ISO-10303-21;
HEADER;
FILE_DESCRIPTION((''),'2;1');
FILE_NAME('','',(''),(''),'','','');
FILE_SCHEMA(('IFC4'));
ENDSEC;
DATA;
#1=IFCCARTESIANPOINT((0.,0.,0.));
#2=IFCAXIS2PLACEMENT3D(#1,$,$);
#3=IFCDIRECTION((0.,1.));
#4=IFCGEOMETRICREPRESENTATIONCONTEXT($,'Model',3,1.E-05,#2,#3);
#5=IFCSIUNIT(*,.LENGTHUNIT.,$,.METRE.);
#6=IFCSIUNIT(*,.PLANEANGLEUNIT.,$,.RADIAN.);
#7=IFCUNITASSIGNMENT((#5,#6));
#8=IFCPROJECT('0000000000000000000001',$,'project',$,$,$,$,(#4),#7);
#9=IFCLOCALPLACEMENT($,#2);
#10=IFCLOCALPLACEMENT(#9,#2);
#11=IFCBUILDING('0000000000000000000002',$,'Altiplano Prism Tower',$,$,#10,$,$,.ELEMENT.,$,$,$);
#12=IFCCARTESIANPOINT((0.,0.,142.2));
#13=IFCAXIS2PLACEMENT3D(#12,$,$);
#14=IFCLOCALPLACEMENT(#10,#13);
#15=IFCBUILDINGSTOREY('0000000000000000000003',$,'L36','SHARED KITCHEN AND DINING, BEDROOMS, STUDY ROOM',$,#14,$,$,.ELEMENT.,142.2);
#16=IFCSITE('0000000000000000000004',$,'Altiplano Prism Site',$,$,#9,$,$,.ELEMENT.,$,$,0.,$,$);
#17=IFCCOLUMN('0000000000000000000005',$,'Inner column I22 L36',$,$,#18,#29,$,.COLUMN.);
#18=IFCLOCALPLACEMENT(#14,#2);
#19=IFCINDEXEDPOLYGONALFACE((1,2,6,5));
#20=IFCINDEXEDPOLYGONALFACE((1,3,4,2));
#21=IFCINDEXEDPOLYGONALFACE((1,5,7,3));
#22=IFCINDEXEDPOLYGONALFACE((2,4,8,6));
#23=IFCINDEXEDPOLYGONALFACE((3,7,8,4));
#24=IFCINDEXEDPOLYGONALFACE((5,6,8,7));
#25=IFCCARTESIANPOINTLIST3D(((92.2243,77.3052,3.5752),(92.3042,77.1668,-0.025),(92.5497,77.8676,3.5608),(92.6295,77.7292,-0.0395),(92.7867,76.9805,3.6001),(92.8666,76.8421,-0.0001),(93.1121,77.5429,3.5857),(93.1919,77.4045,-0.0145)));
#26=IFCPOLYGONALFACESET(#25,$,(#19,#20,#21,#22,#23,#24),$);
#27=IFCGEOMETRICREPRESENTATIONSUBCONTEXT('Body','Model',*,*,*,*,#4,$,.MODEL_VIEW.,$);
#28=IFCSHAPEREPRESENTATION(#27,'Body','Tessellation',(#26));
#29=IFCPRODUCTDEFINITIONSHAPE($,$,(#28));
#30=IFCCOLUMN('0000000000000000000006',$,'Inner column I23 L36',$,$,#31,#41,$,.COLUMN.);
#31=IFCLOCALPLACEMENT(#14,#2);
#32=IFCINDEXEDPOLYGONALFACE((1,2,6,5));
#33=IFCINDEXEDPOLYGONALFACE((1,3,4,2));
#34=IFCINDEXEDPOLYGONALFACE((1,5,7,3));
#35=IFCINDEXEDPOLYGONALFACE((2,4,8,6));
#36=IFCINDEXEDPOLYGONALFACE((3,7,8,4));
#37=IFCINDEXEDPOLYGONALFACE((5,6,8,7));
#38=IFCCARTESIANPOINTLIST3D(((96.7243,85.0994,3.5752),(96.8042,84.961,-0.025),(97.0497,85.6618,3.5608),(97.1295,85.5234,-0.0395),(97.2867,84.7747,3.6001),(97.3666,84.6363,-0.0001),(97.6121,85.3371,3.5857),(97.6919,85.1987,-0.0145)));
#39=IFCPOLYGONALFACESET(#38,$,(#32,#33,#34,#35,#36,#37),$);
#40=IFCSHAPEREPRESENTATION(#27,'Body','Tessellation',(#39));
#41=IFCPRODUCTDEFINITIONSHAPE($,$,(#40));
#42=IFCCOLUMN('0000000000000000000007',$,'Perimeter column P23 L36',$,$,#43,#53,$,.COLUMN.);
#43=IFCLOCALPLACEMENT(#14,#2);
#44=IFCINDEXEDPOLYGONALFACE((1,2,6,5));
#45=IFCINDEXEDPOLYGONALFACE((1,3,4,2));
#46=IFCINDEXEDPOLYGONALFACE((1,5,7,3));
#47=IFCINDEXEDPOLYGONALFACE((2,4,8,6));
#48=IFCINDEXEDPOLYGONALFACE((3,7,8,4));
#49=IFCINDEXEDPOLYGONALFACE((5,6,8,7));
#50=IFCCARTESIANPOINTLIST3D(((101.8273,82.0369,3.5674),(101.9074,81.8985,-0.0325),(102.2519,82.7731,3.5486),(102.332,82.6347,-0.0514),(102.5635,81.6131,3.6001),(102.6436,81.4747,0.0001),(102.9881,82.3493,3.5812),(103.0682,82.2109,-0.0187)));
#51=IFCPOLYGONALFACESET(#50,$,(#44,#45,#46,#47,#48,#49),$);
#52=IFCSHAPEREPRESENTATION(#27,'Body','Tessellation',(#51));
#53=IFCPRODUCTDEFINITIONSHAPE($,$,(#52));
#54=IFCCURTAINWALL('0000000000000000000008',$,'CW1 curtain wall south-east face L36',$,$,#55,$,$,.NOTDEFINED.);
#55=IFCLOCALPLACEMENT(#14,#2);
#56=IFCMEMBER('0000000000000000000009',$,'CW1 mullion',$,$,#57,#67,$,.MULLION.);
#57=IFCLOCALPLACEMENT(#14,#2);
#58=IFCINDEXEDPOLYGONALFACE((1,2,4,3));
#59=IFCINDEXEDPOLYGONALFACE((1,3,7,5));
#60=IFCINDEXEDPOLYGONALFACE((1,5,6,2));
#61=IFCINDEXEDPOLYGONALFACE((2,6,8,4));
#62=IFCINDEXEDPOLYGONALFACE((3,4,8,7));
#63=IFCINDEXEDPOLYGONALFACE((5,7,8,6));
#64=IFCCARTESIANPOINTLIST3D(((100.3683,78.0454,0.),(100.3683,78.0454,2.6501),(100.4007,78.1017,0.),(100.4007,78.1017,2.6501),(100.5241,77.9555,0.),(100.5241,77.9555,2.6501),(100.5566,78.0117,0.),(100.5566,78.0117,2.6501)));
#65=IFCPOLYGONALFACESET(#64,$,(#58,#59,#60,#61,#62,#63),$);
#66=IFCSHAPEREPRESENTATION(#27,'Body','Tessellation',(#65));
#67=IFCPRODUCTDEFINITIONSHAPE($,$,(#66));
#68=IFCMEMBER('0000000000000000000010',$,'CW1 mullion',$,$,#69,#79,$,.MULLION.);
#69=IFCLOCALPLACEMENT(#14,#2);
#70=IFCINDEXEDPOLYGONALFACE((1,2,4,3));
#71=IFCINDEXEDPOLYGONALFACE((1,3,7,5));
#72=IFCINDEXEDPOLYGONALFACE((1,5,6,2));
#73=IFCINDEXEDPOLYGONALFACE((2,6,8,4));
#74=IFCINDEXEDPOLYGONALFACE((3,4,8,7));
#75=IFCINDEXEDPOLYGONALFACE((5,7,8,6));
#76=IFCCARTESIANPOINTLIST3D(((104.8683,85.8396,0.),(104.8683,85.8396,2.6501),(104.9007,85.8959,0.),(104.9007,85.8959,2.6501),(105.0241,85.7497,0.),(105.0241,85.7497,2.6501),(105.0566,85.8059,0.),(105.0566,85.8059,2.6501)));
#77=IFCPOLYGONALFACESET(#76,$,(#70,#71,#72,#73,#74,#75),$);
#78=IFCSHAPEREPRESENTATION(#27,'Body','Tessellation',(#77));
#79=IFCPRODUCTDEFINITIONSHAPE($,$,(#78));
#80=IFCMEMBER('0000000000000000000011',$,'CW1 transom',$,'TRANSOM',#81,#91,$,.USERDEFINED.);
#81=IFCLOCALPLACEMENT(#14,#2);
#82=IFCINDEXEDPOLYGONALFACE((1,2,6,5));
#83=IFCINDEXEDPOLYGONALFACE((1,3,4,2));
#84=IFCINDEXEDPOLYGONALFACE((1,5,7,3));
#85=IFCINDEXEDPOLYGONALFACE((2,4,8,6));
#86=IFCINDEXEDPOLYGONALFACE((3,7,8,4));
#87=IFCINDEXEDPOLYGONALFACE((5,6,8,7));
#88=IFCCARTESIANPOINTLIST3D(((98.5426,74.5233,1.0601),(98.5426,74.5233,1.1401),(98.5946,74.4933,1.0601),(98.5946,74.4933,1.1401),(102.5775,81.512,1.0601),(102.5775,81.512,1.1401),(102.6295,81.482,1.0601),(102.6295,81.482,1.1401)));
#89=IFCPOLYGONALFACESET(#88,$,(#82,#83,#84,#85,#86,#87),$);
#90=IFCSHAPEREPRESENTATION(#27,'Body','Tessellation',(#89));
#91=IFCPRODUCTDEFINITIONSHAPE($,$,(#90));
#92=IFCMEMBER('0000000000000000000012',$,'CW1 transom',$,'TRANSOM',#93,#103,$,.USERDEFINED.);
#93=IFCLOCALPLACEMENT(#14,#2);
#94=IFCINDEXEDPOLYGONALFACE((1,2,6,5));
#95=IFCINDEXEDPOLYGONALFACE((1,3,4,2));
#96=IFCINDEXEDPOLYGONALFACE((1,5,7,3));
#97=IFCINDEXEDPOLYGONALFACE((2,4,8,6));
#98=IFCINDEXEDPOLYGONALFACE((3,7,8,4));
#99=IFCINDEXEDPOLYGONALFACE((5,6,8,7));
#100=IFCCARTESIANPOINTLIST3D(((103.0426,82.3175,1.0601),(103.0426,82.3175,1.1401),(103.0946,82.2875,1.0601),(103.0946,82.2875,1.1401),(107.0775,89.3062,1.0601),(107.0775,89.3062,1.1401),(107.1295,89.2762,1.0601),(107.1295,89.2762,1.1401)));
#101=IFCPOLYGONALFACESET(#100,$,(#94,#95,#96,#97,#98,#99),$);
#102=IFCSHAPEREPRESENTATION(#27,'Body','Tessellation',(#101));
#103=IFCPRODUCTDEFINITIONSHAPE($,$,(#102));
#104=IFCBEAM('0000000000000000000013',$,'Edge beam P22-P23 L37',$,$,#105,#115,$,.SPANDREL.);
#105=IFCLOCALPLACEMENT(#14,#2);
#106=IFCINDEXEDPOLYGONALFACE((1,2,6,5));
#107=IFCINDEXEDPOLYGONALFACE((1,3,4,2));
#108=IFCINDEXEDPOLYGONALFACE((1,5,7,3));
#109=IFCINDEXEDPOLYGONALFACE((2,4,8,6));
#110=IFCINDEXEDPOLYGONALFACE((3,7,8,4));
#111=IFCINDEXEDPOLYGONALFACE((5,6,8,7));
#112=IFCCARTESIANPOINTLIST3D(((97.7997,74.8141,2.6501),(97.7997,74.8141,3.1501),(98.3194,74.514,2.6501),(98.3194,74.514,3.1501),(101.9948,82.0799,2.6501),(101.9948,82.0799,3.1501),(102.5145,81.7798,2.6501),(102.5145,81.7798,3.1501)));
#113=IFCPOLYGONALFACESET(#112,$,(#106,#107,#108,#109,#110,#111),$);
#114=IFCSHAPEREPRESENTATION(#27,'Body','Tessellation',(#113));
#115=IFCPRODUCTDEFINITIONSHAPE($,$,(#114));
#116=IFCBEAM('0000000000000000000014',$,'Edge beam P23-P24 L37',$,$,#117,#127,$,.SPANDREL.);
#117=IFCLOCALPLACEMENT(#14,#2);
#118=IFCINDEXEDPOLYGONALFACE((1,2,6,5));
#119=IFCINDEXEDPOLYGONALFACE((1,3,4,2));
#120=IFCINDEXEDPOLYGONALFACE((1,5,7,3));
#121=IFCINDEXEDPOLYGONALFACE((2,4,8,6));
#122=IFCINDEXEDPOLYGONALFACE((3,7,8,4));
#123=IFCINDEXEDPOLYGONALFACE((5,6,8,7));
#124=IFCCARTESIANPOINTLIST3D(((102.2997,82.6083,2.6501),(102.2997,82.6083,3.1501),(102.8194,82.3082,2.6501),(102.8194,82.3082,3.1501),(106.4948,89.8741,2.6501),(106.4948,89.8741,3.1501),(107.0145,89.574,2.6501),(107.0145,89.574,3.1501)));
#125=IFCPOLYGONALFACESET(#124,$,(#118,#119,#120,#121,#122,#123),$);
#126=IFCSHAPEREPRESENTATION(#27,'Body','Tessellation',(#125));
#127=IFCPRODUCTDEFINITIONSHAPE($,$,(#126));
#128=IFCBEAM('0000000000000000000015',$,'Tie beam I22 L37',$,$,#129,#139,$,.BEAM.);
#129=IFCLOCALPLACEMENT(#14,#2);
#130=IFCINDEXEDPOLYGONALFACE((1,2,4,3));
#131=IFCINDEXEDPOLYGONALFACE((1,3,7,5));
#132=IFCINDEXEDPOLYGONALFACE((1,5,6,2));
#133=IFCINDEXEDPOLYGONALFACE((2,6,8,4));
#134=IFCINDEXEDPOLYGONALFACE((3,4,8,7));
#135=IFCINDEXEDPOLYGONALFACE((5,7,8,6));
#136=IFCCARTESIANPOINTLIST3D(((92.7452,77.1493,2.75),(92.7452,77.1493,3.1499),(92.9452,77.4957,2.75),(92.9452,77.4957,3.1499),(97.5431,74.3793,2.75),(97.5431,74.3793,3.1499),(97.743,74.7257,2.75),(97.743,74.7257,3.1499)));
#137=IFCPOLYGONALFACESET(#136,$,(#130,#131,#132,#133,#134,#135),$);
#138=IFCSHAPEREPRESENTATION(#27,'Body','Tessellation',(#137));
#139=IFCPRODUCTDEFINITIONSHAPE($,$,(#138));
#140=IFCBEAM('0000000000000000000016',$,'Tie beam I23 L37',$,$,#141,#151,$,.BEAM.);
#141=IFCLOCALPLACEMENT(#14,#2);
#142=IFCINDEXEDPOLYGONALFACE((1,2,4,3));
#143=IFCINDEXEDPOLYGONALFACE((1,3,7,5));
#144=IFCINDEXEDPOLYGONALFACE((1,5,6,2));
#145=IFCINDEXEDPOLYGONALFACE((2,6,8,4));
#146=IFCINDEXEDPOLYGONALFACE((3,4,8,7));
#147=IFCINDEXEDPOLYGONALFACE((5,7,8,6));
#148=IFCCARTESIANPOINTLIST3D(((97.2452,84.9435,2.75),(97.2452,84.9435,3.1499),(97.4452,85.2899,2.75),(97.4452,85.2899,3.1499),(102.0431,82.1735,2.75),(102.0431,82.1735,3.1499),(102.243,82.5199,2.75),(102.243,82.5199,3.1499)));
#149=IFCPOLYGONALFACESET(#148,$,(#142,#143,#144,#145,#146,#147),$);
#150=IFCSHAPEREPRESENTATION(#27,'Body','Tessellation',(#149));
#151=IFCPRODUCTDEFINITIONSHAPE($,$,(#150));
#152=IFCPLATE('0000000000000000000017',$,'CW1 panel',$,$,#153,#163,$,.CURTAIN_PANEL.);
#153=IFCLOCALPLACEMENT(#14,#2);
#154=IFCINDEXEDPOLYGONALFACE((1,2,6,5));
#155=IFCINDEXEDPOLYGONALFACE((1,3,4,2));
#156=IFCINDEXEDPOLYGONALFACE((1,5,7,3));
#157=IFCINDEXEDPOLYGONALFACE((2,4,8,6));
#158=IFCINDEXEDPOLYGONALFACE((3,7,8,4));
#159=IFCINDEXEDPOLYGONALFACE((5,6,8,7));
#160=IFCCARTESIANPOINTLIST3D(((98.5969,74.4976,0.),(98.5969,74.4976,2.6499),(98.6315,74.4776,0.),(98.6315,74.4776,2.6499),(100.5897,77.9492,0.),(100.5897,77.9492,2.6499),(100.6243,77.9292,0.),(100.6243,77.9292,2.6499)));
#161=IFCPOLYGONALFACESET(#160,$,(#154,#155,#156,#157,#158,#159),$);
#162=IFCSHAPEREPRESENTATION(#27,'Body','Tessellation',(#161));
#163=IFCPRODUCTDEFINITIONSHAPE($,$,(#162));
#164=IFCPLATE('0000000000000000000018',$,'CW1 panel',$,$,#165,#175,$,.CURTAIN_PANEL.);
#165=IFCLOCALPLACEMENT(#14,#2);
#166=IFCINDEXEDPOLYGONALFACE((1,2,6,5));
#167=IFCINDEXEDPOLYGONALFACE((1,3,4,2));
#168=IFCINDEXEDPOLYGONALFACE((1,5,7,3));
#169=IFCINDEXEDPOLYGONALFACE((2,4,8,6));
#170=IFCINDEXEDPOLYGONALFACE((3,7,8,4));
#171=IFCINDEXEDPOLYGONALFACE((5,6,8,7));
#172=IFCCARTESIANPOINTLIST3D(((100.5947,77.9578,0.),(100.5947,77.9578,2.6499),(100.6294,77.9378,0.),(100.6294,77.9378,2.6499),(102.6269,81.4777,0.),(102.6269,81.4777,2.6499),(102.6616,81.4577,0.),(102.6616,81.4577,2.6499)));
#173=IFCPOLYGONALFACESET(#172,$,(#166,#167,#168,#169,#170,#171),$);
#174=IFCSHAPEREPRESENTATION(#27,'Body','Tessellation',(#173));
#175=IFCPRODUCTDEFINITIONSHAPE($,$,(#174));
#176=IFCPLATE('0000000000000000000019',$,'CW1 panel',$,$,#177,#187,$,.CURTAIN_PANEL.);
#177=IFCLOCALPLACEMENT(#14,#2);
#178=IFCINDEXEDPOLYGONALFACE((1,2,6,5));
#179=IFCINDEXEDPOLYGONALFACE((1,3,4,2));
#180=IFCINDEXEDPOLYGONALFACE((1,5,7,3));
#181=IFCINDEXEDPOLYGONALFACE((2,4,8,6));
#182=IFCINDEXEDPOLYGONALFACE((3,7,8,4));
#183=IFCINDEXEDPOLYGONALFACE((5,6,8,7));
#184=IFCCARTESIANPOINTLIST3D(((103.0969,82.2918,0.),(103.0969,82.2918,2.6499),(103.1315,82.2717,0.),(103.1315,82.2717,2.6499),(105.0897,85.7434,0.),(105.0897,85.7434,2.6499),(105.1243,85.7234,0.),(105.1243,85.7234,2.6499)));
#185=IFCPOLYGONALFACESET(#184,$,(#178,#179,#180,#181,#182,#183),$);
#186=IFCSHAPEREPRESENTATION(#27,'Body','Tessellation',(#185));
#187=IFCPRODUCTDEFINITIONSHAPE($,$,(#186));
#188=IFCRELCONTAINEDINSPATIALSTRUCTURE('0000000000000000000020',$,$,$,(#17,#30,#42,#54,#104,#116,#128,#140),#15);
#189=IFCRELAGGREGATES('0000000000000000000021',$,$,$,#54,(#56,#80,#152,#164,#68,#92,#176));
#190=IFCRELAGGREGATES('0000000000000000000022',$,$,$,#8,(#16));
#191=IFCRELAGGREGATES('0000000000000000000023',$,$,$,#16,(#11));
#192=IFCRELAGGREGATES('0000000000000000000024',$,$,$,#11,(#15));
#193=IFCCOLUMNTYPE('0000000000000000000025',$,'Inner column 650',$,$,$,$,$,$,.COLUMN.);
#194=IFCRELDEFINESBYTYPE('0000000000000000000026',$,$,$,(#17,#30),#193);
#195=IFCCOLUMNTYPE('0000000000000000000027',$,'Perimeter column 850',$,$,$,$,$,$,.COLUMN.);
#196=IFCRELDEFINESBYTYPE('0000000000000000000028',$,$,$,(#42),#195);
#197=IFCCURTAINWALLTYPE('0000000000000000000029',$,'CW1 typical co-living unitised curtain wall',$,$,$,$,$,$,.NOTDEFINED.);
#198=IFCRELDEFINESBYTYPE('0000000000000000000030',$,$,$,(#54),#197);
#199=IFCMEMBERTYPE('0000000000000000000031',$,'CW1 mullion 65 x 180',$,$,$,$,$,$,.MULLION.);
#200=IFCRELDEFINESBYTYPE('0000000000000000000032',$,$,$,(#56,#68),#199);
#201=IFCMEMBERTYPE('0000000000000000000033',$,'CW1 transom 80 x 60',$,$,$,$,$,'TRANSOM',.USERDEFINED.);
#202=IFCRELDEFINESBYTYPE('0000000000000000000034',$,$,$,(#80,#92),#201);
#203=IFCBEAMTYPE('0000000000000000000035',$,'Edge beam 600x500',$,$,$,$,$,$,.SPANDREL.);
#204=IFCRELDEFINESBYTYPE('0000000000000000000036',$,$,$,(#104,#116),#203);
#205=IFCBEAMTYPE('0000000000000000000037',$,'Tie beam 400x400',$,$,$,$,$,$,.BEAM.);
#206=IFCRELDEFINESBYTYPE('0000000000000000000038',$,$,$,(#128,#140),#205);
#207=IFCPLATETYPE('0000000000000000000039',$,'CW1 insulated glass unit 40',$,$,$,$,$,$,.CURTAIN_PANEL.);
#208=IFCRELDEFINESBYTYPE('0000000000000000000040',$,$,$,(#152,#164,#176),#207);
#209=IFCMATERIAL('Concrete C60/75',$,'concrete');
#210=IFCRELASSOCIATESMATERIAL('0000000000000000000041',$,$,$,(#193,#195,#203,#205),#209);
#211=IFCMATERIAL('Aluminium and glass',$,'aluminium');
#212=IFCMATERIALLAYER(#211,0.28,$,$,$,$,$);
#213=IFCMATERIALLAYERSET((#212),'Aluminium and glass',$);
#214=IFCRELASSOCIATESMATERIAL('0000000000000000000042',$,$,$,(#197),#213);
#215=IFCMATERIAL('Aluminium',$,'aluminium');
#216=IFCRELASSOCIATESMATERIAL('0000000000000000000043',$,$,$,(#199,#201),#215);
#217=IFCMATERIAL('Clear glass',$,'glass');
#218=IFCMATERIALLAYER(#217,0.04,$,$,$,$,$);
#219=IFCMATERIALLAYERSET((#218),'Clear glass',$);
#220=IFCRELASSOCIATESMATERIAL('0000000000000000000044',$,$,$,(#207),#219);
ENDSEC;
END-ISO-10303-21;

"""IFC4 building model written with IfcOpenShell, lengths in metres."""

from ifc_helpers import new_model, si_unit, direction, frame, origin, origin_2d, place, context, subcontext, project, spatial, rectangle, extrude, material, layer, layer_set, material_profile, profile_set, type_object, element, aggregate, save


model = new_model("IFC4")

# Units and contexts
model_context = context("Model", 3, precision=1e-05, world=origin(), true_north=direction((0.0, 1.0)))
body_context = subcontext(model_context, "Body", "Model", "MODEL_VIEW")
ifc_project = project(units=[si_unit("LENGTHUNIT", "METRE"), si_unit("PLANEANGLEUNIT", "RADIAN")], contexts=[model_context])

# Site, building, storey
site_placement = place(None, origin())
site = spatial("IfcSite", under=ifc_project, at=site_placement, Name="Altiplano Prism Site", CompositionType="ELEMENT", RefElevation=0.0)
building_placement = place(site_placement, origin())
building = spatial("IfcBuilding", under=site, at=building_placement, Name="Altiplano Prism Tower", CompositionType="ELEMENT")
storey_placement = place(building_placement, frame((0.0, 0.0, 142.2)))
storey = spatial("IfcBuildingStorey", under=building, at=storey_placement, Name="L36", Description="SHARED KITCHEN AND DINING, BEDROOMS, STUDY ROOM", CompositionType="ELEMENT", Elevation=142.2)

# Columns
ifc_material_1 = material(Name="Concrete C60/75", Category="concrete")
ifc_material_profile_1 = material_profile(ifc_material_1, rectangle(XDim=0.6499, YDim=0.6499, at=origin_2d()), Name="Inner column 650")
ifc_profile_set_1 = profile_set([ifc_material_profile_1], Name="Concrete C60/75")
column_type_1 = type_object("IfcColumnType", Name="Inner column 650", PredefinedType="COLUMN", material=ifc_profile_set_1)
for number, where, z_axis, x_axis, name in (
    (1, (92.748, 77.2856, -0.0198), (-0.022154, 0.038413, 0.999016), (-0.500657, -0.865362, 0.022172), "Inner column I22 L36"),
    (2, (97.248, 85.0798, -0.0198), (-0.022154, 0.038413, 0.999016), (-0.500653, -0.865364, 0.022172), "Inner column I23 L36"),
):
    element("IfcColumn", number, at=place(storey_placement, frame(where, z_axis=z_axis, x_axis=x_axis)), inside=storey, type_object=column_type_1, Name=name, PredefinedType="COLUMN", context=body_context, shape_type="SweptSolid", body=[
        extrude(rectangle(XDim=0.6499, YDim=0.6499, at=origin_2d()), origin(), (0.0, 0.0, 1.0), 3.6038),
    ])
ifc_material_profile_2 = material_profile(ifc_material_1, rectangle(XDim=0.8501, YDim=0.8501, at=origin_2d()), Name="Perimeter column 850")
ifc_profile_set_2 = profile_set([ifc_material_profile_2], Name="Concrete C60/75")
column_type_2 = type_object("IfcColumnType", Name="Perimeter column 850", PredefinedType="COLUMN", material=ifc_profile_set_2)
column_placement = place(storey_placement, frame((102.4878, 82.0547, -0.0256), z_axis=(-0.022223, 0.038416, 0.999015), x_axis=(-0.499508, -0.866025, 0.02219)))
element("IfcColumn", 3, at=column_placement, inside=storey, type_object=column_type_2, Name="Perimeter column P23 L36", PredefinedType="COLUMN", context=body_context, shape_type="SweptSolid", body=[
    extrude(rectangle(XDim=0.8501, YDim=0.8501, at=origin_2d()), origin(), (0.0, 0.0, 1.0), 3.6035),
])

# Curtain wall, members
ifc_material_2 = material(Name="Aluminium and glass", Category="aluminium")
ifc_layer_1 = layer(ifc_material_2, 0.28)
ifc_layer_set_1 = layer_set([ifc_layer_1], Name="Aluminium and glass")
curtain_wall_type = type_object("IfcCurtainWallType", Name="CW1 typical co-living unitised curtain wall", PredefinedType="NOTDEFINED", material=ifc_layer_set_1)
curtain_wall_placement = place(storey_placement, origin())
curtain_wall = element("IfcCurtainWall", 4, at=curtain_wall_placement, inside=storey, type_object=curtain_wall_type, Name="CW1 curtain wall south-east face L36", PredefinedType="NOTDEFINED")
ifc_material_3 = material(Name="Aluminium", Category="aluminium")
ifc_material_profile_3 = material_profile(ifc_material_3, rectangle(XDim=0.1799, YDim=0.0649, at=origin_2d()), Name="CW1 mullion 65 x 180")
ifc_profile_set_3 = profile_set([ifc_material_profile_3], Name="Aluminium")
member_type_1 = type_object("IfcMemberType", Name="CW1 mullion 65 x 180", PredefinedType="MULLION", material=ifc_profile_set_3)
member_1_placement = place(storey_placement, frame((100.4624, 78.0286, 0.0), z_axis=(0.0, 0.0, 1.0), x_axis=(-0.866025, 0.5, 0.0)))
member_1 = element("IfcMember", 5, at=member_1_placement, type_object=member_type_1, Name="CW1 mullion", PredefinedType="MULLION", context=body_context, shape_type="SweptSolid", body=[
    extrude(rectangle(XDim=0.1799, YDim=0.0649, at=origin_2d()), origin(), (0.0, 0.0, 1.0), 2.6501),
])
member_2_placement = place(storey_placement, frame((104.9624, 85.8228, 0.0), z_axis=(0.0, 0.0, 1.0), x_axis=(-0.866025, 0.5, 0.0)))
member_2 = element("IfcMember", 6, at=member_2_placement, type_object=member_type_1, Name="CW1 mullion", PredefinedType="MULLION", context=body_context, shape_type="SweptSolid", body=[
    extrude(rectangle(XDim=0.1799, YDim=0.0649, at=origin_2d()), origin(), (0.0, 0.0, 1.0), 2.6501),
])
ifc_material_profile_4 = material_profile(ifc_material_3, rectangle(XDim=0.0601, YDim=0.0801, at=origin_2d()), Name="CW1 transom 80 x 60")
ifc_profile_set_4 = profile_set([ifc_material_profile_4], Name="Aluminium")
member_type_2 = type_object("IfcMemberType", Name="CW1 transom 80 x 60", ElementType="TRANSOM", PredefinedType="USERDEFINED", material=ifc_profile_set_4)
member_3_placement = place(storey_placement, frame((98.5686, 74.5083, 1.1001), z_axis=(0.499995, 0.866028, 0.0), x_axis=(-0.866028, 0.499995, 0.0)))
member_3 = element("IfcMember", 7, at=member_3_placement, type_object=member_type_2, Name="CW1 transom", ObjectType="TRANSOM", PredefinedType="USERDEFINED", context=body_context, shape_type="SweptSolid", body=[
    extrude(rectangle(XDim=0.0601, YDim=0.0801, at=origin_2d()), origin(), (0.0, 0.0, 1.0), 8.0698),
])
member_4_placement = place(storey_placement, frame((103.0686, 82.3025, 1.1001), z_axis=(0.499995, 0.866028, 0.0), x_axis=(-0.866028, 0.499995, 0.0)))
member_4 = element("IfcMember", 8, at=member_4_placement, type_object=member_type_2, Name="CW1 transom", ObjectType="TRANSOM", PredefinedType="USERDEFINED", context=body_context, shape_type="SweptSolid", body=[
    extrude(rectangle(XDim=0.0601, YDim=0.0801, at=origin_2d()), origin(), (0.0, 0.0, 1.0), 8.0698),
])

# Beams
ifc_material_profile_5 = material_profile(ifc_material_1, rectangle(XDim=0.6001, YDim=0.5, at=origin_2d()), Name="Edge beam 600x500")
ifc_profile_set_5 = profile_set([ifc_material_profile_5], Name="Concrete C60/75")
beam_type_1 = type_object("IfcBeamType", Name="Edge beam 600x500", PredefinedType="SPANDREL", material=ifc_profile_set_5)
for number, where, z_axis, x_axis, name in (
    (9, (98.0596, 74.6641, 2.9001), (0.50001, 0.866019, 0.0), (-0.866019, 0.50001, 0.0), "Edge beam P22-P23 L37"),
    (10, (102.5596, 82.4583, 2.9001), (0.50001, 0.866019, 0.0), (-0.866019, 0.50001, 0.0), "Edge beam P23-P24 L37"),
):
    element("IfcBeam", number, at=place(storey_placement, frame(where, z_axis=z_axis, x_axis=x_axis)), inside=storey, type_object=beam_type_1, Name=name, PredefinedType="SPANDREL", context=body_context, shape_type="SweptSolid", body=[
        extrude(rectangle(XDim=0.6001, YDim=0.5, at=origin_2d()), origin(), (0.0, 0.0, 1.0), 8.3899),
    ])
ifc_material_profile_6 = material_profile(ifc_material_1, rectangle(XDim=0.3999, YDim=0.3999, at=origin_2d()), Name="Tie beam 400x400")
ifc_profile_set_6 = profile_set([ifc_material_profile_6], Name="Concrete C60/75")
beam_type_2 = type_object("IfcBeamType", Name="Tie beam 400x400", PredefinedType="BEAM", material=ifc_profile_set_6)
for number, where, z_axis, x_axis, name in (
    (11, (92.8452, 77.3225, 2.95), (0.866027, -0.499997, 0.0), (0.499997, 0.866027, 0.0), "Tie beam I22 L37"),
    (12, (97.3452, 85.1167, 2.95), (0.866027, -0.499997, 0.0), (0.499997, 0.866027, 0.0), "Tie beam I23 L37"),
):
    element("IfcBeam", number, at=place(storey_placement, frame(where, z_axis=z_axis, x_axis=x_axis)), inside=storey, type_object=beam_type_2, Name=name, PredefinedType="BEAM", context=body_context, shape_type="SweptSolid", body=[
        extrude(rectangle(XDim=0.3999, YDim=0.3999, at=origin_2d()), origin(), (0.0, 0.0, 1.0), 5.54),
    ])

# Plates
ifc_material_4 = material(Name="Clear glass", Category="glass")
ifc_layer_2 = layer(ifc_material_4, 0.04)
ifc_layer_set_2 = layer_set([ifc_layer_2], Name="Clear glass")
plate_type = type_object("IfcPlateType", Name="CW1 insulated glass unit 40", PredefinedType="CURTAIN_PANEL", material=ifc_layer_set_2)
plate_1_placement = place(storey_placement, frame((99.6106, 76.2134, 0.0), z_axis=(0.0, 0.0, 1.0), x_axis=(0.5, 0.866025, 0.0)))
plate_1 = element("IfcPlate", 13, at=plate_1_placement, type_object=plate_type, Name="CW1 panel", PredefinedType="CURTAIN_PANEL", context=body_context, shape_type="SweptSolid", body=[
    extrude(rectangle(XDim=3.9856, YDim=0.04, at=origin_2d()), origin(), (0.0, 0.0, 1.0), 2.6499),
])
plate_2_placement = place(storey_placement, frame((101.6282, 79.7078, 0.0), z_axis=(0.0, 0.0, 1.0), x_axis=(0.5, 0.866025, 0.0)))
plate_2 = element("IfcPlate", 14, at=plate_2_placement, type_object=plate_type, Name="CW1 panel", PredefinedType="CURTAIN_PANEL", context=body_context, shape_type="SweptSolid", body=[
    extrude(rectangle(XDim=4.0645, YDim=0.04, at=origin_2d()), origin(), (0.0, 0.0, 1.0), 2.6499),
])
plate_3_placement = place(storey_placement, frame((104.1106, 84.0076, 0.0), z_axis=(0.0, 0.0, 1.0), x_axis=(0.5, 0.866025, 0.0)))
plate_3 = element("IfcPlate", 15, at=plate_3_placement, type_object=plate_type, Name="CW1 panel", PredefinedType="CURTAIN_PANEL", context=body_context, shape_type="SweptSolid", body=[
    extrude(rectangle(XDim=3.9856, YDim=0.04, at=origin_2d()), origin(), (0.0, 0.0, 1.0), 2.6499),
])
aggregate(curtain_wall, [member_1, member_3, plate_1, plate_2, member_2, member_4, plate_3])

save(model, "model.ifc")
